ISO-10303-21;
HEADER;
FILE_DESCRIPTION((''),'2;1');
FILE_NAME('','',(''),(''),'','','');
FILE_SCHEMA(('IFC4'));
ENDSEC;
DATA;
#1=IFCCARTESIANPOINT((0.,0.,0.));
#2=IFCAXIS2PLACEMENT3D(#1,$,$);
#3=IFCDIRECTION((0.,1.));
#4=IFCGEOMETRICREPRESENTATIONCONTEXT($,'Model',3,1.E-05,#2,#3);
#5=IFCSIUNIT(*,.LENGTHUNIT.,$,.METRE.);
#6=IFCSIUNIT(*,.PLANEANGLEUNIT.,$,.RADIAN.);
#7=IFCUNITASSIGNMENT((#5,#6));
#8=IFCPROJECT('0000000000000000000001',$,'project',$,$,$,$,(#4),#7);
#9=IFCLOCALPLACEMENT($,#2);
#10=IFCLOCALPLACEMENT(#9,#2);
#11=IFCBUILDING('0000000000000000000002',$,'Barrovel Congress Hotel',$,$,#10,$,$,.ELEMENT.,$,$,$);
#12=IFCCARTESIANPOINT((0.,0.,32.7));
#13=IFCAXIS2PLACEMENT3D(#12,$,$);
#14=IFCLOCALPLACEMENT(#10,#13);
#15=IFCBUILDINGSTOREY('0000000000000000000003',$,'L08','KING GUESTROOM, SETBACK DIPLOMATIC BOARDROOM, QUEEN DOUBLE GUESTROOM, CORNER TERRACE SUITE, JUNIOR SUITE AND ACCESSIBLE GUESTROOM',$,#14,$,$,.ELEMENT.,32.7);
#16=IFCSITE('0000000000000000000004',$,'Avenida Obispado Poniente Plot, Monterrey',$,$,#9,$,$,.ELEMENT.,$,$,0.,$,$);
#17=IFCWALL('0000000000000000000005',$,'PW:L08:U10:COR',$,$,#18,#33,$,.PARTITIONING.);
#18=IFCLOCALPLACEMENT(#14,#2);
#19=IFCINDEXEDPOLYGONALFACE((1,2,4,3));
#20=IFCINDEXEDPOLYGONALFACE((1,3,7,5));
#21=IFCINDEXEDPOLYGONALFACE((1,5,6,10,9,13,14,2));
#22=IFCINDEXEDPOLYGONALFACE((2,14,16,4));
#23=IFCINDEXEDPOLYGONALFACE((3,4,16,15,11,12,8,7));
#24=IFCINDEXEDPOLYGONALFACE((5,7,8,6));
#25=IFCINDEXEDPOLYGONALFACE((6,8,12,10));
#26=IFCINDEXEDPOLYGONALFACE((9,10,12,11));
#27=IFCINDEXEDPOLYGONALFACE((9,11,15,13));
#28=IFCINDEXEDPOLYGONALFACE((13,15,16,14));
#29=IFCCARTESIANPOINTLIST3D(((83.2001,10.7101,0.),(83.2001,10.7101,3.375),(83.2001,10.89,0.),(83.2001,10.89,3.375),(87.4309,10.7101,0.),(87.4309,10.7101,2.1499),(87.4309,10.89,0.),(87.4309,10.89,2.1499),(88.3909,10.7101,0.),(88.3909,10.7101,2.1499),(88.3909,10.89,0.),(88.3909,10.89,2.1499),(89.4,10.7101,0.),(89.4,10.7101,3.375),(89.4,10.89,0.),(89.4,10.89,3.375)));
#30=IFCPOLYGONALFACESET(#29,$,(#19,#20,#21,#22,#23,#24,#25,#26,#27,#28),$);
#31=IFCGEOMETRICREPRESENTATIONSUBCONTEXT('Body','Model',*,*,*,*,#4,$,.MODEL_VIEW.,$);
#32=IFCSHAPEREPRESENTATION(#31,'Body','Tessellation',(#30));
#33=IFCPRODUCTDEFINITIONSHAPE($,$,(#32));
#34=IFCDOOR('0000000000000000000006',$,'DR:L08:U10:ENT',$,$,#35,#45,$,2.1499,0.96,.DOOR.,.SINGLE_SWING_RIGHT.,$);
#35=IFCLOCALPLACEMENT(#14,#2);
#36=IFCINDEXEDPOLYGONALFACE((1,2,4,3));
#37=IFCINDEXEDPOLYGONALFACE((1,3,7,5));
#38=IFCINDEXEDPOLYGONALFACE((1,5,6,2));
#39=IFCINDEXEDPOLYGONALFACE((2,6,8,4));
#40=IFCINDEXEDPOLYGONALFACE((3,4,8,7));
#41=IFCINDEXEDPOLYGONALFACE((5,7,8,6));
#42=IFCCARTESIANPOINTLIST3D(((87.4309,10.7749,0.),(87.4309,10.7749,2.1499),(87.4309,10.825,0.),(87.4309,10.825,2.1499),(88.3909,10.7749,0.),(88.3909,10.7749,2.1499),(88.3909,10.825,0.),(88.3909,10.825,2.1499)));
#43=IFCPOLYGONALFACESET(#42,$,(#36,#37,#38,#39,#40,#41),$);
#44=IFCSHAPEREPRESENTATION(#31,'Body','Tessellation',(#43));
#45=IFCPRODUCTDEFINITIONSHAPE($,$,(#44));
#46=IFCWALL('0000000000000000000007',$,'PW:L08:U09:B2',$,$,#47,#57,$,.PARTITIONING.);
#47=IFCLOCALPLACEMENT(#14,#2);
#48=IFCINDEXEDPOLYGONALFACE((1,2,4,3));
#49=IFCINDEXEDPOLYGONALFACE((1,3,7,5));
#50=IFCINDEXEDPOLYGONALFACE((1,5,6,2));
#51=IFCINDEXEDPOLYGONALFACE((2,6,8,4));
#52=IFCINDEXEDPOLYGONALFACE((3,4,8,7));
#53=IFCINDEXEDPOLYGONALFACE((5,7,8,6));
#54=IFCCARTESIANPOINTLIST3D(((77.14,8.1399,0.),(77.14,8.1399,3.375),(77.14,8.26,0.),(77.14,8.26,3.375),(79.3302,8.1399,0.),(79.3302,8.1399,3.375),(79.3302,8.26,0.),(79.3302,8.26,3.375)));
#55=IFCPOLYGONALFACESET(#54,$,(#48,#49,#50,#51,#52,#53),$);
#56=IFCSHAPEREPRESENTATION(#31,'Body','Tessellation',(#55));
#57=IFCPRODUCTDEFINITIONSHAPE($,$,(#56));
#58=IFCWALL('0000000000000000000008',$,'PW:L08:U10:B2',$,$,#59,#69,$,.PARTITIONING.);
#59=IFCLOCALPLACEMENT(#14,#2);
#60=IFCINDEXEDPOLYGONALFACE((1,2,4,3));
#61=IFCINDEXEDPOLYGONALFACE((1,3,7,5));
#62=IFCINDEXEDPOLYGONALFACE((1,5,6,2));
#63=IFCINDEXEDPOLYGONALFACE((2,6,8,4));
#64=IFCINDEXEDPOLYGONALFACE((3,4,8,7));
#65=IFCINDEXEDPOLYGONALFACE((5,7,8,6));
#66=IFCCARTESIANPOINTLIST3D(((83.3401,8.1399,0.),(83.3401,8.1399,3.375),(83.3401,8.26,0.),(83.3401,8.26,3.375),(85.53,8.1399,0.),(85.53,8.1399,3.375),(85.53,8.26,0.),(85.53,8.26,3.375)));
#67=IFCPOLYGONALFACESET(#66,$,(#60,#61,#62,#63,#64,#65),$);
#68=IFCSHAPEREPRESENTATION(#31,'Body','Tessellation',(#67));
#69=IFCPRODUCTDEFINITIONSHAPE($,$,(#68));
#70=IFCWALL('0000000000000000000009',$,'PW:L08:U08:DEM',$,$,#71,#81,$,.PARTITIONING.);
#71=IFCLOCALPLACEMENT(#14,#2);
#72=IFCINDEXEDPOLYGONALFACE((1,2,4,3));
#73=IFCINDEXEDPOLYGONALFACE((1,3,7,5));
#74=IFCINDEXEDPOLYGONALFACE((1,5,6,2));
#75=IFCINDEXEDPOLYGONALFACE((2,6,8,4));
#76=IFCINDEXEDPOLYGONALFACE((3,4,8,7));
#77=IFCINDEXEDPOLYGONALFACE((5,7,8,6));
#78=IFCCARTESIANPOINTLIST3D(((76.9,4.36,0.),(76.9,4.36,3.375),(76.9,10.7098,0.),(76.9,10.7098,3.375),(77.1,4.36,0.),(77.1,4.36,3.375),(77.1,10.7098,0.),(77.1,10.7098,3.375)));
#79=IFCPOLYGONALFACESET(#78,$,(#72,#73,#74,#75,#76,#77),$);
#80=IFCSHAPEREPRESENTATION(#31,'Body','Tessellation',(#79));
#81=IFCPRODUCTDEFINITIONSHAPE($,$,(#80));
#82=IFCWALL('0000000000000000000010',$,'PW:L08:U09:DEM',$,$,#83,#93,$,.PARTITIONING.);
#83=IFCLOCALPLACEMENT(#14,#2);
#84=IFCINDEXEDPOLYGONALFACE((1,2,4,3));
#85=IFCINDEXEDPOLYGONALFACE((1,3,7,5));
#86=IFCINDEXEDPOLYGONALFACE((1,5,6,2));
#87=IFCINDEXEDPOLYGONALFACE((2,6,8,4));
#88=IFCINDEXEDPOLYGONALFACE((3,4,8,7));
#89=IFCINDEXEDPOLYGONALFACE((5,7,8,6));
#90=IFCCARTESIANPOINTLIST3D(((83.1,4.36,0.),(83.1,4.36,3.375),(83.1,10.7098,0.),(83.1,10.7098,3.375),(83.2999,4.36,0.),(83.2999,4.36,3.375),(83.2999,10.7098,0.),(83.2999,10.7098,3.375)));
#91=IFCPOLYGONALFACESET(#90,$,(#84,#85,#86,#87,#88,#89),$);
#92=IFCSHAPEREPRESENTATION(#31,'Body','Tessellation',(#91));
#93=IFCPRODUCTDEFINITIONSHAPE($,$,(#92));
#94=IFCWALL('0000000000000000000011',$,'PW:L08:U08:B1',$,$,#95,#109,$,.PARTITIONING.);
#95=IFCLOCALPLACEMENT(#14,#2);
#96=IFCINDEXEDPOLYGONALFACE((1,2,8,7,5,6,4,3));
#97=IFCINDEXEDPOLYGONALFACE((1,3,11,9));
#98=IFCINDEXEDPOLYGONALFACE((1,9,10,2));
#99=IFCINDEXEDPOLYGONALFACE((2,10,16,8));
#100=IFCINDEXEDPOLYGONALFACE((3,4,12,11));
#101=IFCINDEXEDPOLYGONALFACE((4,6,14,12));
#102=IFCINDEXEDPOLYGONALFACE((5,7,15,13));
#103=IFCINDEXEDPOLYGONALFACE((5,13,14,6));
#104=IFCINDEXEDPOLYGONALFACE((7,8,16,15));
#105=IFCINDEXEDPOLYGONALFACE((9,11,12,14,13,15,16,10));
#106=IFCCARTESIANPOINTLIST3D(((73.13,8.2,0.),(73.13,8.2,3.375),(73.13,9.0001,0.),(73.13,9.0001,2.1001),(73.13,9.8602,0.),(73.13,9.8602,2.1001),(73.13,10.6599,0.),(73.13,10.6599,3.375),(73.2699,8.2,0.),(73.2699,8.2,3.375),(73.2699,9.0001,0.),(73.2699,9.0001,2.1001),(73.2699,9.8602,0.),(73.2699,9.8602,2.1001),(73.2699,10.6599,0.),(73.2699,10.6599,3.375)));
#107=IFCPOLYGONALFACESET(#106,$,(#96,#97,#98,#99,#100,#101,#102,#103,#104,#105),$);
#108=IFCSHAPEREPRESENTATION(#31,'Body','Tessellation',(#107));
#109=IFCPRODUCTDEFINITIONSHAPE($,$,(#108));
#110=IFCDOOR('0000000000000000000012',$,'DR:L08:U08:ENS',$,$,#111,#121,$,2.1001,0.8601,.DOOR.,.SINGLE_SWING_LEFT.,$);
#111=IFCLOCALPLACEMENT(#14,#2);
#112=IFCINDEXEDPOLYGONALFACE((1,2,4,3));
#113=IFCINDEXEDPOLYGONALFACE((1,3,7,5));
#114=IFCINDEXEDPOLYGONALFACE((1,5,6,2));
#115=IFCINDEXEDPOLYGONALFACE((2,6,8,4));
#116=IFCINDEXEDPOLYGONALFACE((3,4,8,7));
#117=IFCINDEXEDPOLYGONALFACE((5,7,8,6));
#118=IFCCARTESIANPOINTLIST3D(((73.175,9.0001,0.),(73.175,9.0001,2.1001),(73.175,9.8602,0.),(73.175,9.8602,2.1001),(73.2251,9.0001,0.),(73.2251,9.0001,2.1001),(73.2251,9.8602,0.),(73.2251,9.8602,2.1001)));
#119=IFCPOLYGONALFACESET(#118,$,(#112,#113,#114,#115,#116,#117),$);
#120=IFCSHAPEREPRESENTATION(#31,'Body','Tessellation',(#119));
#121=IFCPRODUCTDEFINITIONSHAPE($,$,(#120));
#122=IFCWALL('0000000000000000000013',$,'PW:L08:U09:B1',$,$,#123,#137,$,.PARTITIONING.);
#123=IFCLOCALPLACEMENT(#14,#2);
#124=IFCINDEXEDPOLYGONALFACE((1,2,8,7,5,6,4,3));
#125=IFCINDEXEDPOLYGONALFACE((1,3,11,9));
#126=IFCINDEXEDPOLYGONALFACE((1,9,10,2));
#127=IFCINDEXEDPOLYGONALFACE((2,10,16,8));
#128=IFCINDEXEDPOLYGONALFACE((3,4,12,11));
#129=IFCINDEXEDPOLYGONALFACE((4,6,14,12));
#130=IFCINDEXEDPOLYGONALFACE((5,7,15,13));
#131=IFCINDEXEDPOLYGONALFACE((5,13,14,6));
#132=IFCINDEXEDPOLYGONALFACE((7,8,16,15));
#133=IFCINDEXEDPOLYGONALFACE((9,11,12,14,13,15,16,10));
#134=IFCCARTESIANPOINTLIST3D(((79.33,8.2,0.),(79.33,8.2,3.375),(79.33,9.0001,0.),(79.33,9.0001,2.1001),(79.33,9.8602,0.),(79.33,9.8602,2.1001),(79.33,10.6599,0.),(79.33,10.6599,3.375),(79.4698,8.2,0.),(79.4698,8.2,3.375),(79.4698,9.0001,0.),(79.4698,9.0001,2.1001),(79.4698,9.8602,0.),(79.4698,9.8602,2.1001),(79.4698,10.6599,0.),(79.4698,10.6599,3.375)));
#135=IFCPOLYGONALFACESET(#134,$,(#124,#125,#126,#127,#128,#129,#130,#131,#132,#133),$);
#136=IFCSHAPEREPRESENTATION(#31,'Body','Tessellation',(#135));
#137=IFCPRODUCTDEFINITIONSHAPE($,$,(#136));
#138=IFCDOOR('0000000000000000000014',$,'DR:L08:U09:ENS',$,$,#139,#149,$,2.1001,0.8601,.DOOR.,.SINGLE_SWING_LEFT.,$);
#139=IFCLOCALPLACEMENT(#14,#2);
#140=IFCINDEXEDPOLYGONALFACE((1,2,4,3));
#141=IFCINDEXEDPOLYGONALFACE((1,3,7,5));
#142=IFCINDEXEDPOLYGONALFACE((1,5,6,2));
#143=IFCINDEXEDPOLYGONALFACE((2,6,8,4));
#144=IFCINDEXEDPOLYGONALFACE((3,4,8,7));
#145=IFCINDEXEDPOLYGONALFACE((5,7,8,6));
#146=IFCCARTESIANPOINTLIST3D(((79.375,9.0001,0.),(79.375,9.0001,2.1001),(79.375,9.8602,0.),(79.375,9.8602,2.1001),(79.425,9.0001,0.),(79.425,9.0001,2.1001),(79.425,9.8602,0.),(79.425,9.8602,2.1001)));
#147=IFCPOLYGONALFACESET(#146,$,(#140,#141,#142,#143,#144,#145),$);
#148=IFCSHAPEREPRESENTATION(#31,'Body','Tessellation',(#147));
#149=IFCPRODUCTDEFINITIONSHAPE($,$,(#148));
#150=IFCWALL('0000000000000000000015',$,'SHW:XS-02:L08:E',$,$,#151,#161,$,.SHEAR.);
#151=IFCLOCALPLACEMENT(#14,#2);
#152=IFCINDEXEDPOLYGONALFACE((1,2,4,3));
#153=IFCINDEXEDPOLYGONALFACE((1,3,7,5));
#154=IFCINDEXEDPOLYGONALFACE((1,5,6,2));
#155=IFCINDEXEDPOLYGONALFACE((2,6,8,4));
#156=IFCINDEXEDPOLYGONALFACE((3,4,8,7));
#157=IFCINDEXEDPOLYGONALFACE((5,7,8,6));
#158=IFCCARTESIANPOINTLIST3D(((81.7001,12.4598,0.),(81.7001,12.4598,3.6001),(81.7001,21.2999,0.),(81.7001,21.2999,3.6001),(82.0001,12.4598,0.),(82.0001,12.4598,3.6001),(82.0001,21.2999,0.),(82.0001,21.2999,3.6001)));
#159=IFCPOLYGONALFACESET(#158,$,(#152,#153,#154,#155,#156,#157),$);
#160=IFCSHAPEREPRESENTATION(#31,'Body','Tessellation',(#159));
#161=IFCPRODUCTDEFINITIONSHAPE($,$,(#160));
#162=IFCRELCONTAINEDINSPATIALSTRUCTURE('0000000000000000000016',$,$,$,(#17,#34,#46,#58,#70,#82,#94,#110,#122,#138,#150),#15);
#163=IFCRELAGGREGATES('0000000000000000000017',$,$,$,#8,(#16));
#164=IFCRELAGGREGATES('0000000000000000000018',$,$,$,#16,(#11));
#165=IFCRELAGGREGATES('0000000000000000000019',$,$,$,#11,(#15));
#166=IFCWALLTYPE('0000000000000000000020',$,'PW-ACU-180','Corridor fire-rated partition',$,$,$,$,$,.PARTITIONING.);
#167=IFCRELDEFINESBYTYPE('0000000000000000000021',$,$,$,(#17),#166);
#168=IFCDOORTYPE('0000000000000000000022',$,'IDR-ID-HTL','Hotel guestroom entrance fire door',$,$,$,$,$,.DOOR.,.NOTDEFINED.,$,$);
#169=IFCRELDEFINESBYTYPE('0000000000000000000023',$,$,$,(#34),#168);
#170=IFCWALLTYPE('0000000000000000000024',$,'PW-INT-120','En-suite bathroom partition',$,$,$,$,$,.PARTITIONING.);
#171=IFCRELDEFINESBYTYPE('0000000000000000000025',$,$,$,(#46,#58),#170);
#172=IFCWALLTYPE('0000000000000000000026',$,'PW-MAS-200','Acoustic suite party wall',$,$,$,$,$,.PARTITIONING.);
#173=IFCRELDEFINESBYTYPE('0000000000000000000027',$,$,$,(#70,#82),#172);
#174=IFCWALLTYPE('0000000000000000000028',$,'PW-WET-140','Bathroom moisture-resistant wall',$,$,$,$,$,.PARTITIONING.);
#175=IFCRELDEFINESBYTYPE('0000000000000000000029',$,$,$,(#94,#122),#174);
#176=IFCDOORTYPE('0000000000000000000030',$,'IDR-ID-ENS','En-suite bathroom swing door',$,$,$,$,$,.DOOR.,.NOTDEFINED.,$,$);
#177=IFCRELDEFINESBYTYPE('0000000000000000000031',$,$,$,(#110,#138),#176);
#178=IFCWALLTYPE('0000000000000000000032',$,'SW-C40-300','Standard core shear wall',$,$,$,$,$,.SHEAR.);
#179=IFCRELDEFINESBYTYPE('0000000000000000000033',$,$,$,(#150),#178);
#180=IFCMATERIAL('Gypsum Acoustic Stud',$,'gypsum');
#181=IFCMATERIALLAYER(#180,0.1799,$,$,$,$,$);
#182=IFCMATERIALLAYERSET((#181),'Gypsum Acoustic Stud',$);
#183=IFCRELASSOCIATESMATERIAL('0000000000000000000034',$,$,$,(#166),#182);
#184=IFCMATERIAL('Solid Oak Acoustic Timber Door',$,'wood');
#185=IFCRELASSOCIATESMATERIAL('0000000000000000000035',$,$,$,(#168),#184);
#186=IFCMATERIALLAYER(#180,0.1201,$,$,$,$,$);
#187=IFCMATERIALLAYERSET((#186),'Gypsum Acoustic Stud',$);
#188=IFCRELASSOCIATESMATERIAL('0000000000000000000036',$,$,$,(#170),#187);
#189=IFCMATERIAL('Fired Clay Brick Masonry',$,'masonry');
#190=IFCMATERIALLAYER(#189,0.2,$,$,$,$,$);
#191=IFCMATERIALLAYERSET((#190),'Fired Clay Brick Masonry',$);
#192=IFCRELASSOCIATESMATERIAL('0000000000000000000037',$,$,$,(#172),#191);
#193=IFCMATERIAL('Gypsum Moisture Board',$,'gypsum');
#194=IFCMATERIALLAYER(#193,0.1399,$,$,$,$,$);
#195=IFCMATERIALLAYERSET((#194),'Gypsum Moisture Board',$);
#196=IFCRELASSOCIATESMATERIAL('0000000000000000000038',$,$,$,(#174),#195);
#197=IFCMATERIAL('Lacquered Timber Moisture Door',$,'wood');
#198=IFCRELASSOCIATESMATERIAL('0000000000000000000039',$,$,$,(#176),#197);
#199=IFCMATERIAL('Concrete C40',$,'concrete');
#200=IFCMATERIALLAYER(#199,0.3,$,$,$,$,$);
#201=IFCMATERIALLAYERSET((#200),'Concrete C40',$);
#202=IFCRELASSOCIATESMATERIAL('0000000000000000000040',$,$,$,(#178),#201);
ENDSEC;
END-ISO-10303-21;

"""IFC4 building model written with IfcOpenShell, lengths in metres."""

from ifc_helpers import new_model, si_unit, direction, frame, frame_2d, origin, place, context, subcontext, project, spatial, rectangle, extrude, material, layer, layer_set, type_object, element, fill, save


model = new_model("IFC4")

# Units and contexts
model_context = context("Model", 3, precision=1e-05, world=origin(), true_north=direction((0.0, 1.0)))
body_context = subcontext(model_context, "Body", "Model", "MODEL_VIEW")
ifc_project = project(units=[si_unit("LENGTHUNIT", "METRE"), si_unit("PLANEANGLEUNIT", "RADIAN")], contexts=[model_context])

# Site, building, storey
site_placement = place(None, origin())
site = spatial("IfcSite", under=ifc_project, at=site_placement, Name="Avenida Obispado Poniente Plot, Monterrey", CompositionType="ELEMENT", RefElevation=0.0)
building_placement = place(site_placement, origin())
building = spatial("IfcBuilding", under=site, at=building_placement, Name="Barrovel Congress Hotel", CompositionType="ELEMENT")
storey_placement = place(building_placement, frame((0.0, 0.0, 32.7)))
storey = spatial("IfcBuildingStorey", under=building, at=storey_placement, Name="L08", Description="KING GUESTROOM, SETBACK DIPLOMATIC BOARDROOM, QUEEN DOUBLE GUESTROOM, CORNER TERRACE SUITE, JUNIOR SUITE AND ACCESSIBLE GUESTROOM", CompositionType="ELEMENT", Elevation=32.7)

# Shared definitions
ifc_material_1 = material(Name="Concrete C40", Category="concrete")

# Shared definitions
ifc_material_2 = material(Name="Fired Clay Brick Masonry", Category="masonry")

# Wall, opening, door
ifc_material_3 = material(Name="Gypsum Acoustic Stud", Category="gypsum")
ifc_layer_1 = layer(ifc_material_3, 0.1799)
ifc_layer_set_1 = layer_set([ifc_layer_1], Name="Gypsum Acoustic Stud")
wall_type_1 = type_object("IfcWallType", Name="PW-ACU-180", Description="Corridor fire-rated partition", PredefinedType="PARTITIONING", material=ifc_layer_set_1)
ifc_material_4 = material(Name="Solid Oak Acoustic Timber Door", Category="wood")
door_type_1 = type_object("IfcDoorType", Name="IDR-ID-HTL", Description="Hotel guestroom entrance fire door", OperationType="NOTDEFINED", PredefinedType="DOOR", material=ifc_material_4)
wall_1_placement = place(storey_placement, frame((83.2, 10.8, 0.0), z_axis=(0.0, 0.0, 1.0), x_axis=(1.0, 0.0, 0.0)))
wall_1 = element("IfcWall", 1, at=wall_1_placement, inside=storey, type_object=wall_type_1, Name="PW:L08:U10:COR", PredefinedType="PARTITIONING", context=body_context, shape_type="SweptSolid", body=[
    extrude(rectangle(XDim=6.2, YDim=0.1799, at=frame_2d((3.1001, 0.0))), origin(), (0.0, 0.0, 1.0), 3.375),
])
opening_1_placement = place(wall_1_placement, frame((4.231, 0.0, 0.0)))
opening_1 = element("IfcOpeningElement", 2, at=opening_1_placement, cuts=wall_1, PredefinedType="OPENING", context=body_context, shape_type="SweptSolid", body=[
    extrude(rectangle(XDim=0.96, YDim=2.1499, at=frame_2d((0.48, 1.075))), frame((0.0, 0.1001, 0.0), z_axis=(0.0, -1.0, 0.0), x_axis=(1.0, 0.0, 0.0)), (0.0, 0.0, 1.0), 0.2),
])
door_1_placement = place(opening_1_placement, origin())
door_1 = element("IfcDoor", 3, at=door_1_placement, inside=storey, type_object=door_type_1, Name="DR:L08:U10:ENT", OperationType="SINGLE_SWING_RIGHT", OverallHeight=2.1499, OverallWidth=0.96, PredefinedType="DOOR", context=body_context, shape_type="SweptSolid", body=[
    extrude(rectangle(XDim=0.96, YDim=2.1499, at=frame_2d((0.48, 1.075))), frame((0.0, 0.0249, 0.0), z_axis=(0.0, -1.0, 0.0), x_axis=(1.0, 0.0, 0.0)), (0.0, 0.0, 1.0), 0.05),
])
fill(opening_1, door_1)

# Walls
ifc_layer_2 = layer(ifc_material_3, 0.1201)
ifc_layer_set_2 = layer_set([ifc_layer_2], Name="Gypsum Acoustic Stud")
wall_type_2 = type_object("IfcWallType", Name="PW-INT-120", Description="En-suite bathroom partition", PredefinedType="PARTITIONING", material=ifc_layer_set_2)
wall_2_placement = place(storey_placement, frame((77.1399, 8.2, 0.0), z_axis=(0.0, 0.0, 1.0), x_axis=(1.0, 0.0, 0.0)))
element("IfcWall", 4, at=wall_2_placement, inside=storey, type_object=wall_type_2, Name="PW:L08:U09:B2", PredefinedType="PARTITIONING", context=body_context, shape_type="SweptSolid", body=[
    extrude(rectangle(XDim=2.1902, YDim=0.1201, at=frame_2d((1.0952, 0.0))), origin(), (0.0, 0.0, 1.0), 3.375),
])
wall_3_placement = place(storey_placement, frame((83.3401, 8.2, 0.0), z_axis=(0.0, 0.0, 1.0), x_axis=(1.0, 0.0, 0.0)))
element("IfcWall", 5, at=wall_3_placement, inside=storey, type_object=wall_type_2, Name="PW:L08:U10:B2", PredefinedType="PARTITIONING", context=body_context, shape_type="SweptSolid", body=[
    extrude(rectangle(XDim=2.1899, YDim=0.1201, at=frame_2d((1.095, 0.0))), origin(), (0.0, 0.0, 1.0), 3.375),
])
ifc_layer_3 = layer(ifc_material_2, 0.2)
ifc_layer_set_3 = layer_set([ifc_layer_3], Name="Fired Clay Brick Masonry")
wall_type_3 = type_object("IfcWallType", Name="PW-MAS-200", Description="Acoustic suite party wall", PredefinedType="PARTITIONING", material=ifc_layer_set_3)
for number, where, z_axis, x_axis, name in (
    (6, (77.0, 4.3601, 0.0), (0.0, 0.0, 1.0), (0.0, 1.0, 0.0), "PW:L08:U08:DEM"),
    (7, (83.2, 4.3601, 0.0), (0.0, 0.0, 1.0), (0.0, 1.0, 0.0), "PW:L08:U09:DEM"),
):
    element("IfcWall", number, at=place(storey_placement, frame(where, z_axis=z_axis, x_axis=x_axis)), inside=storey, type_object=wall_type_3, Name=name, PredefinedType="PARTITIONING", context=body_context, shape_type="SweptSolid", body=[
        extrude(rectangle(XDim=6.3499, YDim=0.2, at=frame_2d((3.1748, 0.0))), origin(), (0.0, 0.0, 1.0), 3.375),
    ])

# Walls, openings, doors
ifc_material_5 = material(Name="Gypsum Moisture Board", Category="gypsum")
ifc_layer_4 = layer(ifc_material_5, 0.1399)
ifc_layer_set_4 = layer_set([ifc_layer_4], Name="Gypsum Moisture Board")
wall_type_4 = type_object("IfcWallType", Name="PW-WET-140", Description="Bathroom moisture-resistant wall", PredefinedType="PARTITIONING", material=ifc_layer_set_4)
wall_4_placement = place(storey_placement, frame((73.2, 8.2, 0.0), z_axis=(0.0, 0.0, 1.0), x_axis=(0.0, 1.0, 0.0)))
wall_4 = element("IfcWall", 8, at=wall_4_placement, inside=storey, type_object=wall_type_4, Name="PW:L08:U08:B1", PredefinedType="PARTITIONING", context=body_context, shape_type="SweptSolid", body=[
    extrude(rectangle(XDim=2.46, YDim=0.1399, at=frame_2d((1.23, 0.0))), origin(), (0.0, 0.0, 1.0), 3.375),
])
opening_2_placement = place(wall_4_placement, frame((0.8, 0.0, 0.0)))
opening_2 = element("IfcOpeningElement", 9, at=opening_2_placement, cuts=wall_4, PredefinedType="OPENING", context=body_context, shape_type="SweptSolid", body=[
    extrude(rectangle(XDim=0.8601, YDim=2.1001, at=frame_2d((0.4302, 1.05))), frame((0.0, 0.0801, 0.0), z_axis=(0.0, -1.0, 0.0), x_axis=(1.0, 0.0, 0.0)), (0.0, 0.0, 1.0), 0.1599),
])
ifc_material_6 = material(Name="Lacquered Timber Moisture Door", Category="wood")
door_type_2 = type_object("IfcDoorType", Name="IDR-ID-ENS", Description="En-suite bathroom swing door", OperationType="NOTDEFINED", PredefinedType="DOOR", material=ifc_material_6)
door_2_placement = place(opening_2_placement, origin())
door_2 = element("IfcDoor", 10, at=door_2_placement, inside=storey, type_object=door_type_2, Name="DR:L08:U08:ENS", OperationType="SINGLE_SWING_LEFT", OverallHeight=2.1001, OverallWidth=0.8601, PredefinedType="DOOR", context=body_context, shape_type="SweptSolid", body=[
    extrude(rectangle(XDim=0.8601, YDim=2.1001, at=frame_2d((0.4302, 1.05))), frame((0.0, 0.0249, 0.0), z_axis=(0.0, -1.0, 0.0), x_axis=(1.0, 0.0, 0.0)), (0.0, 0.0, 1.0), 0.05),
])
fill(opening_2, door_2)
wall_5_placement = place(storey_placement, frame((79.3999, 8.2, 0.0), z_axis=(0.0, 0.0, 1.0), x_axis=(0.0, 1.0, 0.0)))
wall_5 = element("IfcWall", 11, at=wall_5_placement, inside=storey, type_object=wall_type_4, Name="PW:L08:U09:B1", PredefinedType="PARTITIONING", context=body_context, shape_type="SweptSolid", body=[
    extrude(rectangle(XDim=2.46, YDim=0.1399, at=frame_2d((1.23, 0.0))), origin(), (0.0, 0.0, 1.0), 3.375),
])
opening_3_placement = place(wall_5_placement, frame((0.8, 0.0, 0.0)))
opening_3 = element("IfcOpeningElement", 12, at=opening_3_placement, cuts=wall_5, PredefinedType="OPENING", context=body_context, shape_type="SweptSolid", body=[
    extrude(rectangle(XDim=0.8601, YDim=2.1001, at=frame_2d((0.4302, 1.05))), frame((0.0, 0.0801, 0.0), z_axis=(0.0, -1.0, 0.0), x_axis=(1.0, 0.0, 0.0)), (0.0, 0.0, 1.0), 0.1599),
])
door_3_placement = place(opening_3_placement, origin())
door_3 = element("IfcDoor", 13, at=door_3_placement, inside=storey, type_object=door_type_2, Name="DR:L08:U09:ENS", OperationType="SINGLE_SWING_LEFT", OverallHeight=2.1001, OverallWidth=0.8601, PredefinedType="DOOR", context=body_context, shape_type="SweptSolid", body=[
    extrude(rectangle(XDim=0.8601, YDim=2.1001, at=frame_2d((0.4302, 1.05))), frame((0.0, 0.0249, 0.0), z_axis=(0.0, -1.0, 0.0), x_axis=(1.0, 0.0, 0.0)), (0.0, 0.0, 1.0), 0.05),
])
fill(opening_3, door_3)
ifc_layer_5 = layer(ifc_material_1, 0.3)
ifc_layer_set_5 = layer_set([ifc_layer_5], Name="Concrete C40")
wall_type_5 = type_object("IfcWallType", Name="SW-C40-300", Description="Standard core shear wall", PredefinedType="SHEAR", material=ifc_layer_set_5)

# Wall
wall_6_placement = place(storey_placement, frame((81.8501, 12.46, 0.0), z_axis=(0.0, 0.0, 1.0), x_axis=(0.0, 1.0, 0.0)))
element("IfcWall", 14, at=wall_6_placement, inside=storey, type_object=wall_type_5, Name="SHW:XS-02:L08:E", PredefinedType="SHEAR", context=body_context, shape_type="SweptSolid", body=[
    extrude(rectangle(XDim=8.8401, YDim=0.3, at=frame_2d((4.4199, 0.0))), origin(), (0.0, 0.0, 1.0), 3.6001),
])

save(model, "model.ifc")
